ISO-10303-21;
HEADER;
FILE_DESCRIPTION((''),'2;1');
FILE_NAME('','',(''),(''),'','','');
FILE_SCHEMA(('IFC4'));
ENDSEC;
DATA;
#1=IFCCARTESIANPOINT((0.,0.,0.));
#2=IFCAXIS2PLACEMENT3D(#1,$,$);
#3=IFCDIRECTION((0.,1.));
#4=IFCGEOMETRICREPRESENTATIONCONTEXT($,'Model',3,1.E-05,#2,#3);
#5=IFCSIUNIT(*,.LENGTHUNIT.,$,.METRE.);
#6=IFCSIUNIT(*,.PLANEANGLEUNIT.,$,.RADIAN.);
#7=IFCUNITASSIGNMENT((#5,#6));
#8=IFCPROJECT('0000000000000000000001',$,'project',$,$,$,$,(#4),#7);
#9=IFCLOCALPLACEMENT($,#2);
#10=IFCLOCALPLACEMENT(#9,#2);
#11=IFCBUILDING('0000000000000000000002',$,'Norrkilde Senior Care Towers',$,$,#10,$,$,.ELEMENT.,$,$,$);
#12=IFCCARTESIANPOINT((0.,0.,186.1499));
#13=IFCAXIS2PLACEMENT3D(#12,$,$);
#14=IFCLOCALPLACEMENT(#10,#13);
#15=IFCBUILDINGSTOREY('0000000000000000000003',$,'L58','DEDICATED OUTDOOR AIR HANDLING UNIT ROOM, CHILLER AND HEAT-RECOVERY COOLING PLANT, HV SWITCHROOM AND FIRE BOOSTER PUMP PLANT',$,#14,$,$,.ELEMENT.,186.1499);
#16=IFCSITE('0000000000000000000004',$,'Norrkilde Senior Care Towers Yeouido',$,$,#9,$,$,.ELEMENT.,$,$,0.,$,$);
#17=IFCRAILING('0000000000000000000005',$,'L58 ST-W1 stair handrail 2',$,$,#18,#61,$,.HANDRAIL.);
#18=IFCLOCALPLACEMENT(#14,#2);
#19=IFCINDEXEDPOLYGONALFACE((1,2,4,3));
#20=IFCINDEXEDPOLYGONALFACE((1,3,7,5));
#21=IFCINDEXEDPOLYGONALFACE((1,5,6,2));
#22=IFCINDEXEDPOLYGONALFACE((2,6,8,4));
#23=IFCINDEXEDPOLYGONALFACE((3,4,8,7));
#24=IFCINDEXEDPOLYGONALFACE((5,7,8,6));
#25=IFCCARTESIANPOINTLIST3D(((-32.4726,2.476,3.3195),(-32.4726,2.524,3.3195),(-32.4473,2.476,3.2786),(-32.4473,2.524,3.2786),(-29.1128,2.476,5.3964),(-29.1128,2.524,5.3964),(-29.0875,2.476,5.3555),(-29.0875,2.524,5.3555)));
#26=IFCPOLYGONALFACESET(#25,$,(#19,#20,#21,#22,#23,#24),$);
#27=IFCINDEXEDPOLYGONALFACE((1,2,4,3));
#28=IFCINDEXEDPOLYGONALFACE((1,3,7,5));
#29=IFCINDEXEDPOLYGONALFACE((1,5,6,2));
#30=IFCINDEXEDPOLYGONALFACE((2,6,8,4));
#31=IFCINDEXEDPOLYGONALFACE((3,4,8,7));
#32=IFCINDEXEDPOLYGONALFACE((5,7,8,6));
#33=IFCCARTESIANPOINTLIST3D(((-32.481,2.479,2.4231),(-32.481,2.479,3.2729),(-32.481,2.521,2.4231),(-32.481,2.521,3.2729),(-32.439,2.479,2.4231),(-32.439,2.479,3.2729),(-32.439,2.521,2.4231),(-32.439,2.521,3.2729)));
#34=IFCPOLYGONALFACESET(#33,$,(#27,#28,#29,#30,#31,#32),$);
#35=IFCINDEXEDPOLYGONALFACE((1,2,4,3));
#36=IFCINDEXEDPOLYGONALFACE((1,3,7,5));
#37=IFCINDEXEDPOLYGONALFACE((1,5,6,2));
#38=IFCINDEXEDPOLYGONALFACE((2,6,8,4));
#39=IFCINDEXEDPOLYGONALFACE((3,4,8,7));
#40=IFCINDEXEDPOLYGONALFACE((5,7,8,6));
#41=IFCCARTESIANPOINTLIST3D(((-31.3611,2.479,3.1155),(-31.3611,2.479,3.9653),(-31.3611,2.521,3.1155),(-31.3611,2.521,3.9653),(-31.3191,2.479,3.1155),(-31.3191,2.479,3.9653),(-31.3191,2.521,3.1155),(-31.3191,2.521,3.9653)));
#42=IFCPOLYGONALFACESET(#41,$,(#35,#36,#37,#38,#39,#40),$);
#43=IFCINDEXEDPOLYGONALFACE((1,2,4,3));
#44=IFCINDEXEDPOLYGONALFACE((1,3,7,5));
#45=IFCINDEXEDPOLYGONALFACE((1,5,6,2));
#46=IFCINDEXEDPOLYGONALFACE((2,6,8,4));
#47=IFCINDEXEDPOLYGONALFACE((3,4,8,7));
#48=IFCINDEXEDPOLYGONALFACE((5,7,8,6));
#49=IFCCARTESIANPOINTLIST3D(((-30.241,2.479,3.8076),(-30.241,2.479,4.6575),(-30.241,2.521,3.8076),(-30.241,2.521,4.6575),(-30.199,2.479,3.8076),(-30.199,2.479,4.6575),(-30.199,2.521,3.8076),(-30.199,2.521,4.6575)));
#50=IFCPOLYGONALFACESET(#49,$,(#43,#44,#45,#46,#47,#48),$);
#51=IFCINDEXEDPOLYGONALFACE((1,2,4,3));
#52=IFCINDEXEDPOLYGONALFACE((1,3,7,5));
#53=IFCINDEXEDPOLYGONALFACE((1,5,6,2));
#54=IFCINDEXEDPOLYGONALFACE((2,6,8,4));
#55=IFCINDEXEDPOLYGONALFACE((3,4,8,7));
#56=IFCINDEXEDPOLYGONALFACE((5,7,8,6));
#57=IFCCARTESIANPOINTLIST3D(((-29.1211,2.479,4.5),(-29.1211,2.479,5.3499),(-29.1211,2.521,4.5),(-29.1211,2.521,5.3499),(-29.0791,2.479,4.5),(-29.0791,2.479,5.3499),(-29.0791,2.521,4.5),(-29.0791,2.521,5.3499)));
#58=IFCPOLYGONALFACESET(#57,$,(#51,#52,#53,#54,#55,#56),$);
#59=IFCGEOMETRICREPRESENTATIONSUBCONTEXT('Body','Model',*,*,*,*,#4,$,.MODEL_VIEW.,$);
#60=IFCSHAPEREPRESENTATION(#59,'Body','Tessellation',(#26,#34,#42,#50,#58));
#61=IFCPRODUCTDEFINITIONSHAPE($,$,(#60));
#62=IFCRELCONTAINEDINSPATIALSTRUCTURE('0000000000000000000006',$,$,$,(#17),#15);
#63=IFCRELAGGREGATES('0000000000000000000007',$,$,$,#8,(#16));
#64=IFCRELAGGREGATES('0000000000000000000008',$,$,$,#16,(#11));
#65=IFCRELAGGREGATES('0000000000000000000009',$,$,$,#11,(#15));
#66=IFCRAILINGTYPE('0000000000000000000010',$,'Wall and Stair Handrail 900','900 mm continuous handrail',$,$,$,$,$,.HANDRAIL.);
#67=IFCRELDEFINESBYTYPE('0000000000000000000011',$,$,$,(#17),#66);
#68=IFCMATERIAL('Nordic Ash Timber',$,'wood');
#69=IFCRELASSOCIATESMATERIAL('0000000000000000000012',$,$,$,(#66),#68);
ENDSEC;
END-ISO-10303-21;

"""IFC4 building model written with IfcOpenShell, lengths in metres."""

from ifc_helpers import new_model, si_unit, direction, frame, origin, origin_2d, place, context, subcontext, project, spatial, rectangle, extrude, material, type_object, element, save


model = new_model("IFC4")

# Units and contexts
model_context = context("Model", 3, precision=1e-05, world=origin(), true_north=direction((0.0, 1.0)))
body_context = subcontext(model_context, "Body", "Model", "MODEL_VIEW")
ifc_project = project(units=[si_unit("LENGTHUNIT", "METRE"), si_unit("PLANEANGLEUNIT", "RADIAN")], contexts=[model_context])

# Site, building, storey
site_placement = place(None, origin())
site = spatial("IfcSite", under=ifc_project, at=site_placement, Name="Norrkilde Senior Care Towers Yeouido", CompositionType="ELEMENT", RefElevation=0.0)
building_placement = place(site_placement, origin())
building = spatial("IfcBuilding", under=site, at=building_placement, Name="Norrkilde Senior Care Towers", CompositionType="ELEMENT")
storey_placement = place(building_placement, frame((0.0, 0.0, 186.1499)))
storey = spatial("IfcBuildingStorey", under=building, at=storey_placement, Name="L58", Description="DEDICATED OUTDOOR AIR HANDLING UNIT ROOM, CHILLER AND HEAT-RECOVERY COOLING PLANT, HV SWITCHROOM AND FIRE BOOSTER PUMP PLANT", CompositionType="ELEMENT", Elevation=186.1499)

# Railing
ifc_material_1 = material(Name="Nordic Ash Timber", Category="wood")
railing_type_1 = type_object("IfcRailingType", Name="Wall and Stair Handrail 900", Description="900 mm continuous handrail", PredefinedType="HANDRAIL", material=ifc_material_1)
railing_1_placement = place(storey_placement, frame((-32.46, 2.5, 2.4231)))
element("IfcRailing", 1, at=railing_1_placement, inside=storey, type_object=railing_type_1, Name="L58 ST-W1 stair handrail 2", PredefinedType="HANDRAIL", context=body_context, shape_type="SweptSolid", body=[
    extrude(rectangle(XDim=0.0481, YDim=0.0481, at=origin_2d()), frame((0.0, 0.0, 0.876), z_axis=(0.850606, 0.0, 0.525803), x_axis=(0.0, 1.0, 0.0)), (0.0, 0.0, 1.0), 3.95),
    extrude(rectangle(XDim=0.042, YDim=0.042, at=origin_2d()), origin(), (0.0, 0.0, 1.0), 0.8499),
    extrude(rectangle(XDim=0.042, YDim=0.042, at=origin_2d()), frame((1.1199, 0.0, 0.6924)), (0.0, 0.0, 1.0), 0.8499),
    extrude(rectangle(XDim=0.042, YDim=0.042, at=origin_2d()), frame((2.24, 0.0, 1.3845)), (0.0, 0.0, 1.0), 0.8499),
    extrude(rectangle(XDim=0.042, YDim=0.042, at=origin_2d()), frame((3.3599, 0.0, 2.0769)), (0.0, 0.0, 1.0), 0.8499),
])

save(model, "model.ifc")
